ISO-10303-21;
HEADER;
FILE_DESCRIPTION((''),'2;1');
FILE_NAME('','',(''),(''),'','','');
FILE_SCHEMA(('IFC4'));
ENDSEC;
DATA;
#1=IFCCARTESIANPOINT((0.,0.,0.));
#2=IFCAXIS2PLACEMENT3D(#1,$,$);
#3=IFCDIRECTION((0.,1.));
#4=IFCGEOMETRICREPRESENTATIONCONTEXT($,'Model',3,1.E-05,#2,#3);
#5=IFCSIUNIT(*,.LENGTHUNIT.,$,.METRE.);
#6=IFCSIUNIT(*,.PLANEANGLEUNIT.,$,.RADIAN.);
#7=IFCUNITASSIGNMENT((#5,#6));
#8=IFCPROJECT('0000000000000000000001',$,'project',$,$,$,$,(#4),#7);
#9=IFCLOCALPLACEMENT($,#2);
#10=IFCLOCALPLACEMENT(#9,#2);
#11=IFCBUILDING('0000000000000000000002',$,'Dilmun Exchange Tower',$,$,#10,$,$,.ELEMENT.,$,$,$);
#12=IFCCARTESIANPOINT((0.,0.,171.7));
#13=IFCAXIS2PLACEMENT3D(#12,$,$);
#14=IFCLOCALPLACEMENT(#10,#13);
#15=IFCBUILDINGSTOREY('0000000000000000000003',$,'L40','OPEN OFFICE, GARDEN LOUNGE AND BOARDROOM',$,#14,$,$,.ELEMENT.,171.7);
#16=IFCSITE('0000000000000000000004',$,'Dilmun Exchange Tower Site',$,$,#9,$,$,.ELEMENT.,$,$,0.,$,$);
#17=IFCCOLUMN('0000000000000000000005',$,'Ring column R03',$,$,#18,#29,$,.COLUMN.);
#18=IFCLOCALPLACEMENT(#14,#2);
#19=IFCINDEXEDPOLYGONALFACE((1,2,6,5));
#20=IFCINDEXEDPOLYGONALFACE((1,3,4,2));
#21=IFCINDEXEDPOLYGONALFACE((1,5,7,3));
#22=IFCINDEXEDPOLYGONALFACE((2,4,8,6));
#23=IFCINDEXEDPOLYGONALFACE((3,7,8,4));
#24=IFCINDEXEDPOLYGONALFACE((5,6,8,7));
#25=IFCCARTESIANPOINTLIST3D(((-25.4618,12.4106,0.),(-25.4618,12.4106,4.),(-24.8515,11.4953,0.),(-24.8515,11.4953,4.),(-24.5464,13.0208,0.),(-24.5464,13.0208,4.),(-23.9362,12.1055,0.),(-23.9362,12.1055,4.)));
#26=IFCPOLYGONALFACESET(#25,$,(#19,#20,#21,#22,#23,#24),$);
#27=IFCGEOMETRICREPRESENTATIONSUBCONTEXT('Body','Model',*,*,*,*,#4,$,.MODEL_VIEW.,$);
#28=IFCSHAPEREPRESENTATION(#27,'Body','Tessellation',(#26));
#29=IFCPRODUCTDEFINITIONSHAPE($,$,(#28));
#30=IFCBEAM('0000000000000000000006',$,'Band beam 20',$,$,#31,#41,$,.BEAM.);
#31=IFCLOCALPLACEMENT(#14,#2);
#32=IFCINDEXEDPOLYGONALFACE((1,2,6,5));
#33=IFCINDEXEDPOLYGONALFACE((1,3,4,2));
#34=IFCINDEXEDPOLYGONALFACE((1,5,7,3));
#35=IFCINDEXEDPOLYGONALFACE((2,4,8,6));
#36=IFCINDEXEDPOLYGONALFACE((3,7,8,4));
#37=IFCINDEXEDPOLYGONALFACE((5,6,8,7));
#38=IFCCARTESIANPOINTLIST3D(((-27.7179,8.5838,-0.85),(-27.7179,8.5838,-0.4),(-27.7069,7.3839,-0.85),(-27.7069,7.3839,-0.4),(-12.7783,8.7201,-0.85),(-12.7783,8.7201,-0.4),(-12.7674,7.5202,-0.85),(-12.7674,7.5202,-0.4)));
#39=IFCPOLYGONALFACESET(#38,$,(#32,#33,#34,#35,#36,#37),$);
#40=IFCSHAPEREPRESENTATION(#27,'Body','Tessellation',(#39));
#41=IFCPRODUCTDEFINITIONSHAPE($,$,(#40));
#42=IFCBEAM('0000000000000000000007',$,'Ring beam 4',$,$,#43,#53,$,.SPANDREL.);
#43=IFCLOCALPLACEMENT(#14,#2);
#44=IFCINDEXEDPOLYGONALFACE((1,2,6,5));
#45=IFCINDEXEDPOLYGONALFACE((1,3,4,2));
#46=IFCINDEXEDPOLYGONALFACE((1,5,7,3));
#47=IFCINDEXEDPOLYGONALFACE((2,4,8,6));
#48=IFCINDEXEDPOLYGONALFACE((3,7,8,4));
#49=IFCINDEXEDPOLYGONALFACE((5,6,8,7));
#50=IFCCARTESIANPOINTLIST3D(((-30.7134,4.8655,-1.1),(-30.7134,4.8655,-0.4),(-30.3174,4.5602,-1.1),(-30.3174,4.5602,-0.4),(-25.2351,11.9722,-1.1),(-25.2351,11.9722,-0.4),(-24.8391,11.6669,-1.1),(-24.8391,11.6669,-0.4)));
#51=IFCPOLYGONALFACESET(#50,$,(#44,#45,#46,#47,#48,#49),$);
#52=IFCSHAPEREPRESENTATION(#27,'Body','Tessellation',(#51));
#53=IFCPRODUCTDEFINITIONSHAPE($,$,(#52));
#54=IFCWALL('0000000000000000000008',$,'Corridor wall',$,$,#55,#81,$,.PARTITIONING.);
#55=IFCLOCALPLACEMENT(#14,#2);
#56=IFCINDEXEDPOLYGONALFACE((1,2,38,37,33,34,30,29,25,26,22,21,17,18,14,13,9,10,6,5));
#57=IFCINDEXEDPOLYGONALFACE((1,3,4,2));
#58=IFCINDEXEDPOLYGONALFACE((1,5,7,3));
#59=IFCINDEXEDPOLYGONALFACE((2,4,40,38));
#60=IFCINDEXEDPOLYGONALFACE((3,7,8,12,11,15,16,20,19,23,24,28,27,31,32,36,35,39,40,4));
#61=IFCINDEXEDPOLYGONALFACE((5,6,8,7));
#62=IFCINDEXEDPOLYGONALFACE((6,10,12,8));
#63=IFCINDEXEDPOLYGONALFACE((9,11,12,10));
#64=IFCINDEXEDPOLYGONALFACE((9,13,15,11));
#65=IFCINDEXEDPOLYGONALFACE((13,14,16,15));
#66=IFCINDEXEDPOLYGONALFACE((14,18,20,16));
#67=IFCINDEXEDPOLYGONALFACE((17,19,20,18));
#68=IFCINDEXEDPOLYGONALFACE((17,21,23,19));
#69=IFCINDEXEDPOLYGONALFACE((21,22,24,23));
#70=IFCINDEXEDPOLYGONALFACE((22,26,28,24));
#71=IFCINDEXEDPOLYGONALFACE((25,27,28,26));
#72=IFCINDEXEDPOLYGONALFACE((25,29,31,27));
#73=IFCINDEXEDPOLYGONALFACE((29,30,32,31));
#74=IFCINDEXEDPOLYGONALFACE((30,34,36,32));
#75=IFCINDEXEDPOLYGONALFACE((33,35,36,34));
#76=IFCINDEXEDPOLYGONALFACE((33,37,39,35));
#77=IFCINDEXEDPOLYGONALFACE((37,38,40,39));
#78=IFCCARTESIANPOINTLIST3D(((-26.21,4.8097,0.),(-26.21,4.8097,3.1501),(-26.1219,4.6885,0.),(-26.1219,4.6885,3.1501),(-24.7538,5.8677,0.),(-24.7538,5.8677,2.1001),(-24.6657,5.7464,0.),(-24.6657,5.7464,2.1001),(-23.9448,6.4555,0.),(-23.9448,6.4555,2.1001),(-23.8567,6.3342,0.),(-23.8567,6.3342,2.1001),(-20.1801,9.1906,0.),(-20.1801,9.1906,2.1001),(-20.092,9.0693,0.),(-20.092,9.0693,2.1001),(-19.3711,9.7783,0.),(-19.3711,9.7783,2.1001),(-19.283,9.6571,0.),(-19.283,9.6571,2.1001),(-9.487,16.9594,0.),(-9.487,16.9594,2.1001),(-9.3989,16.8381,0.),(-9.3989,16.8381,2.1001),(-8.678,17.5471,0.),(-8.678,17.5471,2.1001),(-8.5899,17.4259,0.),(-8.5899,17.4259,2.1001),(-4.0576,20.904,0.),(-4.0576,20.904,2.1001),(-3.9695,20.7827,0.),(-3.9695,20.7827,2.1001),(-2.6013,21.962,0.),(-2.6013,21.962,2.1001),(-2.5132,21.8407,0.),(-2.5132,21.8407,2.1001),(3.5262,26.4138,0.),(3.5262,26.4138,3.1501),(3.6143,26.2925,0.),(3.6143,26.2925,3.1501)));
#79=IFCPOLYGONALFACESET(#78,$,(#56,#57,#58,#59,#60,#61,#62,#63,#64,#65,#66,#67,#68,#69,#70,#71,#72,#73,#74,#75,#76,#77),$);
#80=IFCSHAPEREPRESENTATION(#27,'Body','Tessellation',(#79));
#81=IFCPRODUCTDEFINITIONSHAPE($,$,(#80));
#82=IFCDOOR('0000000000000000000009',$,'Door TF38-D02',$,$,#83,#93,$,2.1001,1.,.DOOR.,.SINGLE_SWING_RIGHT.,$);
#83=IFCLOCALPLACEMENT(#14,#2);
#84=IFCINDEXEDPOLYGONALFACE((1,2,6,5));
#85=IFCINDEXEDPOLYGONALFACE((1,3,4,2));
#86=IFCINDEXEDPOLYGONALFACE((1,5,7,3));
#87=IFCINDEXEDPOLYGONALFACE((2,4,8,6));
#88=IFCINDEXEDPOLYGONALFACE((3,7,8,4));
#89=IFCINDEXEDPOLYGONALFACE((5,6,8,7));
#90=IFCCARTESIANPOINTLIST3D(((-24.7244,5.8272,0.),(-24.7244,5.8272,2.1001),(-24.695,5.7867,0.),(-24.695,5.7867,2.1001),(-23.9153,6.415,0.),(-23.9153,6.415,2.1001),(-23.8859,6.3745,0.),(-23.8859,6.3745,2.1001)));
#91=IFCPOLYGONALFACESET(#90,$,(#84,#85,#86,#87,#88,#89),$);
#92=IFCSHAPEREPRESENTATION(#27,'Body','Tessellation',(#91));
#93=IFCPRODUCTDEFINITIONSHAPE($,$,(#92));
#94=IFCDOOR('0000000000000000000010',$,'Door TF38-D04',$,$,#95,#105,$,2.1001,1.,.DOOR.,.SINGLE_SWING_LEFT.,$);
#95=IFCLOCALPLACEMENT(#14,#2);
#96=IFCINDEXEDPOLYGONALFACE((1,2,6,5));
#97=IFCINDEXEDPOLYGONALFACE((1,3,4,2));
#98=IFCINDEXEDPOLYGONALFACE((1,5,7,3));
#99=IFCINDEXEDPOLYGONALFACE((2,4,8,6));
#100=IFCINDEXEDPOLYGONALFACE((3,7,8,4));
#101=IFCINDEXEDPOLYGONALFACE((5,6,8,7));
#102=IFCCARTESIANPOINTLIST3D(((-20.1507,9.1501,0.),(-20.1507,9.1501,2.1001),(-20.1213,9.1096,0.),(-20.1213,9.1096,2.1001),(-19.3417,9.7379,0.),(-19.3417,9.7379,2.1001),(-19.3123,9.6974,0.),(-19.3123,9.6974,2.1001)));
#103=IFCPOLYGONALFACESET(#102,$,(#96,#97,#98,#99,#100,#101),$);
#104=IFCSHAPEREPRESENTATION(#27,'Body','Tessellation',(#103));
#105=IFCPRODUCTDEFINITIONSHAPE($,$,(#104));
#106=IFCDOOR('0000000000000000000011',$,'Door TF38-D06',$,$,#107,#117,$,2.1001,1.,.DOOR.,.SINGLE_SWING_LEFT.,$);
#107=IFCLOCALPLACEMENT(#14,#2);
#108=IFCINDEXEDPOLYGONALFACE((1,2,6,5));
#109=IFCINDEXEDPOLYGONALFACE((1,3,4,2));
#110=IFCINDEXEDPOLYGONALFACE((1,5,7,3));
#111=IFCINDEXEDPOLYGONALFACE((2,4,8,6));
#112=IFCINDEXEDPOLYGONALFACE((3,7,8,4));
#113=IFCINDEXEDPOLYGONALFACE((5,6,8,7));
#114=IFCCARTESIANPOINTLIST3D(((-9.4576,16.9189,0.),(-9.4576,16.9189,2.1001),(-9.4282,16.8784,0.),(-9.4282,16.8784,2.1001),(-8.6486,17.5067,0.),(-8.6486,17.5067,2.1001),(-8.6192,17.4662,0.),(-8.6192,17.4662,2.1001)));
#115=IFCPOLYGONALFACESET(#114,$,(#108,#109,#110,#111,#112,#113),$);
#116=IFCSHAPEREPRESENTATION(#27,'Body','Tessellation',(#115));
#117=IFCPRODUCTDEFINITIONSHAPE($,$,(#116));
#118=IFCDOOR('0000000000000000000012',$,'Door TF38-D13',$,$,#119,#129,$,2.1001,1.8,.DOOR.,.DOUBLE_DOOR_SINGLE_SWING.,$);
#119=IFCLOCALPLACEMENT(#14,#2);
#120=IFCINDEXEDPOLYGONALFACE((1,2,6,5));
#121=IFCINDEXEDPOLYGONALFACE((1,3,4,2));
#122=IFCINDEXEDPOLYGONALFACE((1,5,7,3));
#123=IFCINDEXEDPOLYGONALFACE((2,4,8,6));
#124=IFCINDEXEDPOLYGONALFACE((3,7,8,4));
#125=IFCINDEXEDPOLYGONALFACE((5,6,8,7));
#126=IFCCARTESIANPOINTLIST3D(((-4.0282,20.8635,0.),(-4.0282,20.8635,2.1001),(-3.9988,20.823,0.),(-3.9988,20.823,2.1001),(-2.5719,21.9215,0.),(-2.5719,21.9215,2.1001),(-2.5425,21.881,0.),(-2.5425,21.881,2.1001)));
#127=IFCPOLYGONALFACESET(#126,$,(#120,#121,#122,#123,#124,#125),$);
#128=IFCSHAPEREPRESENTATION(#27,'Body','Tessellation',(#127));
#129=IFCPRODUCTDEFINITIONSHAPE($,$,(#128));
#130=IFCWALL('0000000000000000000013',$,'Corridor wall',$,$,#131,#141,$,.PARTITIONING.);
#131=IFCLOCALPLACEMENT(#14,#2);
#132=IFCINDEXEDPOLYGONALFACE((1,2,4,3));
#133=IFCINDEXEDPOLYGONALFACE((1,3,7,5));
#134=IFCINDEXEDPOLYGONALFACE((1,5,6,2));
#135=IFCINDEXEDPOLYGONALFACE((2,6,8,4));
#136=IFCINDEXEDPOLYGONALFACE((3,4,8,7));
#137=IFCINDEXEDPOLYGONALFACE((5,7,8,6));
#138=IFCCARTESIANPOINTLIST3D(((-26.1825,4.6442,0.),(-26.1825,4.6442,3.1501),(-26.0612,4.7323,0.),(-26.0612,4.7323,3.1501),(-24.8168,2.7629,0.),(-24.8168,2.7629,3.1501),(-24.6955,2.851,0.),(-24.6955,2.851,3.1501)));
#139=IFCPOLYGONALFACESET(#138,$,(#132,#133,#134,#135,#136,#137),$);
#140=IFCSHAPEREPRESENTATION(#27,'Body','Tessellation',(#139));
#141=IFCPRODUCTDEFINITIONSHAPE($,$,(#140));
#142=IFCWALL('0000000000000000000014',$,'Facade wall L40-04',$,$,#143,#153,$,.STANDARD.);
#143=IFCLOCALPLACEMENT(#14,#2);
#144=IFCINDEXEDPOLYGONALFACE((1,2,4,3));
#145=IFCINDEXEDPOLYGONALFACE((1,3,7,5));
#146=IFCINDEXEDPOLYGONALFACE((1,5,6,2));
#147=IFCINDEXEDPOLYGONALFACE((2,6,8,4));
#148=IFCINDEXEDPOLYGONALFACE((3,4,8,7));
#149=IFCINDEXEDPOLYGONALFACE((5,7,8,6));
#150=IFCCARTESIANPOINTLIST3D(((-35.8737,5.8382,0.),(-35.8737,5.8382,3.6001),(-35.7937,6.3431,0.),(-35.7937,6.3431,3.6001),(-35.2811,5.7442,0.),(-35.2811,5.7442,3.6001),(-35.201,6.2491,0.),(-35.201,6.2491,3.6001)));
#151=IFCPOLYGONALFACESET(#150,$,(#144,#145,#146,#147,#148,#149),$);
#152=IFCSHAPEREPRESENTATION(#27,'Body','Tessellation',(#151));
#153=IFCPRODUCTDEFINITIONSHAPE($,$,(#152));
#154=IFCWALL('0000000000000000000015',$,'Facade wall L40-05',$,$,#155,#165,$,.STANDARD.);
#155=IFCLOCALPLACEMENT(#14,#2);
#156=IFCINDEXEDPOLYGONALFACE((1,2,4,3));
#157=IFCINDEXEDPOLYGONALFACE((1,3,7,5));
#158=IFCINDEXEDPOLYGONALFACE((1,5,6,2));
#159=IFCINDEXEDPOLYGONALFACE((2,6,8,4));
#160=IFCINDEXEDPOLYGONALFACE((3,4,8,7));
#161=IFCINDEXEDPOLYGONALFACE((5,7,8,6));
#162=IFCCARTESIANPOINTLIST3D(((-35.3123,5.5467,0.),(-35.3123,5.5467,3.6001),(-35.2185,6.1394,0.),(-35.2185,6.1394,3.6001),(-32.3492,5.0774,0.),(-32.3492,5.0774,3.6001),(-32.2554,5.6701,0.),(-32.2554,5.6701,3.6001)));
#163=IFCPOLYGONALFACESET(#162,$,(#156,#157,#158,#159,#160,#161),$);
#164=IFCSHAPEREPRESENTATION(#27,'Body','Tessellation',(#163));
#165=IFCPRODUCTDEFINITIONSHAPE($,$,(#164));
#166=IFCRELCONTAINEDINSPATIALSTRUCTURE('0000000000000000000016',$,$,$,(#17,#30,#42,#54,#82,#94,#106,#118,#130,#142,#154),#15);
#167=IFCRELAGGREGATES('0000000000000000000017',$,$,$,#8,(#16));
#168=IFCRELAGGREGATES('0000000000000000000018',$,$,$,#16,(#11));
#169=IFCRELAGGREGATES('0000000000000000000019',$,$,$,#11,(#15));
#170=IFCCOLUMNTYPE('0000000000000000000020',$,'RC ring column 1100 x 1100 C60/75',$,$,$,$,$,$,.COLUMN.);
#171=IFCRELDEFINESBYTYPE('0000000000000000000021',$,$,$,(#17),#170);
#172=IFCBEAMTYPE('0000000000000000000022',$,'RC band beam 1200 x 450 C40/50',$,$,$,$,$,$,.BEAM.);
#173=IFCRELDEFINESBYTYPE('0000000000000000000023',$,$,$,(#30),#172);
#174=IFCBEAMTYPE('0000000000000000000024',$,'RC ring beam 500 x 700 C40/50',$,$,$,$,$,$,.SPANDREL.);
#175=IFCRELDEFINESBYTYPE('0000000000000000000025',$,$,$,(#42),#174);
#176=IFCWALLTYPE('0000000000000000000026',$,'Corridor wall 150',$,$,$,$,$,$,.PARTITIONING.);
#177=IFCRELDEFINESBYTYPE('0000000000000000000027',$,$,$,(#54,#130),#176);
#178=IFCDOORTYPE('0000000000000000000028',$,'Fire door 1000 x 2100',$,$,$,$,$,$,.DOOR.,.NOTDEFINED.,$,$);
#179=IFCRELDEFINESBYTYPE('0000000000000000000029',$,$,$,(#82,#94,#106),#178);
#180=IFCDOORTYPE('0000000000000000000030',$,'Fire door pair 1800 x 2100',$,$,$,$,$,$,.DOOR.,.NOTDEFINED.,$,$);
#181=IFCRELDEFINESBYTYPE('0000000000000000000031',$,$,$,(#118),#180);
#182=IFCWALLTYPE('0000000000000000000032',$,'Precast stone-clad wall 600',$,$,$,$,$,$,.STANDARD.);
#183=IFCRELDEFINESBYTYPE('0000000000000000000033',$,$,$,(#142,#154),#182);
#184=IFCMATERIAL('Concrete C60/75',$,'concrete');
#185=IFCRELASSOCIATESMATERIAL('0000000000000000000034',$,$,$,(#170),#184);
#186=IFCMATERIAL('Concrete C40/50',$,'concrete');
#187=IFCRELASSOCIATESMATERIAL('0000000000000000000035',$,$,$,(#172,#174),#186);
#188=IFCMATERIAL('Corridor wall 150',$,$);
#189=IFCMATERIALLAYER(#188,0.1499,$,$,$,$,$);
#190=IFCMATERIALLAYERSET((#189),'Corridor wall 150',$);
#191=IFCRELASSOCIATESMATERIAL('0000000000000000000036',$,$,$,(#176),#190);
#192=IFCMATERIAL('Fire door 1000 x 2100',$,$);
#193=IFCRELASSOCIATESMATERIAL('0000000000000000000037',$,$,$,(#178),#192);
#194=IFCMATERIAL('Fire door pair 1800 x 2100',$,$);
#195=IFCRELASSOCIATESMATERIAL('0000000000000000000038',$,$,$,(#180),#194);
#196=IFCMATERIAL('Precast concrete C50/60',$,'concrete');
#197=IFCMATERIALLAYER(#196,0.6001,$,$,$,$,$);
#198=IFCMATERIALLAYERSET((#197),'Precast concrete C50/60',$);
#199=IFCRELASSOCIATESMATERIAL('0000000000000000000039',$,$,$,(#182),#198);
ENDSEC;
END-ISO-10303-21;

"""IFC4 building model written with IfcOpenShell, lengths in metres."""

from ifc_helpers import new_model, si_unit, direction, frame, frame_2d, origin, origin_2d, place, context, subcontext, project, spatial, rectangle, extrude, material, layer, layer_set, material_profile, profile_set, type_object, element, fill, save


model = new_model("IFC4")

# Units and contexts
model_context = context("Model", 3, precision=1e-05, world=origin(), true_north=direction((0.0, 1.0)))
body_context = subcontext(model_context, "Body", "Model", "MODEL_VIEW")
ifc_project = project(units=[si_unit("LENGTHUNIT", "METRE"), si_unit("PLANEANGLEUNIT", "RADIAN")], contexts=[model_context])

# Site, building, storey
site_placement = place(None, origin())
site = spatial("IfcSite", under=ifc_project, at=site_placement, Name="Dilmun Exchange Tower Site", CompositionType="ELEMENT", RefElevation=0.0)
building_placement = place(site_placement, origin())
building = spatial("IfcBuilding", under=site, at=building_placement, Name="Dilmun Exchange Tower", CompositionType="ELEMENT")
storey_placement = place(building_placement, frame((0.0, 0.0, 171.7)))
storey = spatial("IfcBuildingStorey", under=building, at=storey_placement, Name="L40", Description="OPEN OFFICE, GARDEN LOUNGE AND BOARDROOM", CompositionType="ELEMENT", Elevation=171.7)

# Column
ifc_material_1 = material(Name="Concrete C60/75", Category="concrete")
ifc_material_profile_1 = material_profile(ifc_material_1, rectangle(XDim=1.1001, YDim=1.1001, at=origin_2d()), Name="1100 x 1100")
ifc_profile_set_1 = profile_set([ifc_material_profile_1], Name="Concrete C60/75")
column_type = type_object("IfcColumnType", Name="RC ring column 1100 x 1100 C60/75", PredefinedType="COLUMN", material=ifc_profile_set_1)
column_placement = place(storey_placement, frame((-24.699, 12.2581, 0.0), z_axis=(0.0, 0.0, 1.0), x_axis=(0.832029, 0.554733, 0.0)))
element("IfcColumn", 1, at=column_placement, inside=storey, type_object=column_type, Name="Ring column R03", PredefinedType="COLUMN", context=body_context, shape_type="SweptSolid", body=[
    extrude(rectangle(XDim=1.1001, YDim=1.1001, at=origin_2d()), origin(), (0.0, 0.0, 1.0), 4.0),
])

# Beams
ifc_material_2 = material(Name="Concrete C40/50", Category="concrete")
ifc_material_profile_2 = material_profile(ifc_material_2, rectangle(XDim=1.2, YDim=0.45, at=origin_2d()), Name="1200 x 450")
ifc_profile_set_2 = profile_set([ifc_material_profile_2], Name="Concrete C40/50")
beam_type_1 = type_object("IfcBeamType", Name="RC band beam 1200 x 450 C40/50", PredefinedType="BEAM", material=ifc_profile_set_2)
beam_1_placement = place(storey_placement, frame((-27.7124, 7.9839, -0.625), z_axis=(0.999958, 0.009118, 0.0), x_axis=(-0.009118, 0.999958, 0.0)))
element("IfcBeam", 2, at=beam_1_placement, inside=storey, type_object=beam_type_1, Name="Band beam 20", PredefinedType="BEAM", context=body_context, shape_type="SweptSolid", body=[
    extrude(rectangle(XDim=1.2, YDim=0.45, at=origin_2d()), origin(), (0.0, 0.0, 1.0), 14.9402),
])
ifc_material_profile_3 = material_profile(ifc_material_2, rectangle(XDim=0.5, YDim=0.7, at=origin_2d()), Name="500 x 700")
ifc_profile_set_3 = profile_set([ifc_material_profile_3], Name="Concrete C40/50")
beam_type_2 = type_object("IfcBeamType", Name="RC ring beam 500 x 700 C40/50", PredefinedType="SPANDREL", material=ifc_profile_set_3)
beam_2_placement = place(storey_placement, frame((-25.0371, 11.8196, -0.75), z_axis=(-0.610522, -0.792, 0.0), x_axis=(0.792, -0.610522, 0.0)))
element("IfcBeam", 3, at=beam_2_placement, inside=storey, type_object=beam_type_2, Name="Ring beam 4", PredefinedType="SPANDREL", context=body_context, shape_type="SweptSolid", body=[
    extrude(rectangle(XDim=0.5, YDim=0.7, at=origin_2d()), origin(), (0.0, 0.0, 1.0), 8.9731),
])

# Wall, openings, doors
ifc_material_3 = material(Name="Corridor wall 150")
ifc_layer_1 = layer(ifc_material_3, 0.1499)
ifc_layer_set_1 = layer_set([ifc_layer_1], Name="Corridor wall 150")
wall_type_1 = type_object("IfcWallType", Name="Corridor wall 150", PredefinedType="PARTITIONING", material=ifc_layer_set_1)
wall_1_placement = place(storey_placement, frame((-26.166, 4.749, 0.0), z_axis=(0.0, 0.0, 1.0), x_axis=(0.809024, 0.587776, 0.0)))
wall_1 = element("IfcWall", 4, at=wall_1_placement, inside=storey, type_object=wall_type_1, Name="Corridor wall", PredefinedType="PARTITIONING", context=body_context, shape_type="SweptSolid", body=[
    extrude(rectangle(XDim=36.7556, YDim=0.1499, at=frame_2d((18.3779, 0.0))), origin(), (0.0, 0.0, 1.0), 3.1501),
])
opening_1_placement = place(wall_1_placement, frame((1.8, 0.0, 0.0)))
opening_1 = element("IfcOpeningElement", 5, at=opening_1_placement, cuts=wall_1, PredefinedType="OPENING", context=body_context, shape_type="SweptSolid", body=[
    extrude(rectangle(XDim=1.0, YDim=2.1001, at=frame_2d((0.5, 1.05))), frame((0.0, 0.085, 0.0), z_axis=(0.0, -1.0, 0.0), x_axis=(1.0, 0.0, 0.0)), (0.0, 0.0, 1.0), 0.1699),
])
opening_2_placement = place(wall_1_placement, frame((7.4534, 0.0, 0.0)))
opening_2 = element("IfcOpeningElement", 6, at=opening_2_placement, cuts=wall_1, PredefinedType="OPENING", context=body_context, shape_type="SweptSolid", body=[
    extrude(rectangle(XDim=1.0, YDim=2.1001, at=frame_2d((0.5, 1.05))), frame((0.0, 0.085, 0.0), z_axis=(0.0, -1.0, 0.0), x_axis=(1.0, 0.0, 0.0)), (0.0, 0.0, 1.0), 0.1699),
])
opening_3_placement = place(wall_1_placement, frame((20.6707, 0.0, 0.0)))
opening_3 = element("IfcOpeningElement", 7, at=opening_3_placement, cuts=wall_1, PredefinedType="OPENING", context=body_context, shape_type="SweptSolid", body=[
    extrude(rectangle(XDim=1.0, YDim=2.1001, at=frame_2d((0.5, 1.05))), frame((0.0, 0.085, 0.0), z_axis=(0.0, -1.0, 0.0), x_axis=(1.0, 0.0, 0.0)), (0.0, 0.0, 1.0), 0.1699),
])
opening_4_placement = place(wall_1_placement, frame((27.3818, 0.0, 0.0)))
opening_4 = element("IfcOpeningElement", 8, at=opening_4_placement, cuts=wall_1, PredefinedType="OPENING", context=body_context, shape_type="SweptSolid", body=[
    extrude(rectangle(XDim=1.8, YDim=2.1001, at=frame_2d((0.8999, 1.05))), frame((0.0, 0.085, 0.0), z_axis=(0.0, -1.0, 0.0), x_axis=(1.0, 0.0, 0.0)), (0.0, 0.0, 1.0), 0.1699),
])
ifc_material_4 = material(Name="Fire door 1000 x 2100")
door_type_1 = type_object("IfcDoorType", Name="Fire door 1000 x 2100", OperationType="NOTDEFINED", PredefinedType="DOOR", material=ifc_material_4)
door_1_placement = place(opening_1_placement, origin())
door_1 = element("IfcDoor", 9, at=door_1_placement, inside=storey, type_object=door_type_1, Name="Door TF38-D02", OperationType="SINGLE_SWING_RIGHT", OverallHeight=2.1001, OverallWidth=1.0, PredefinedType="DOOR", context=body_context, shape_type="SweptSolid", body=[
    extrude(rectangle(XDim=1.0, YDim=2.1001, at=frame_2d((0.5, 1.05))), frame((0.0, 0.0249, 0.0), z_axis=(0.0, -1.0, 0.0), x_axis=(1.0, 0.0, 0.0)), (0.0, 0.0, 1.0), 0.05),
])
fill(opening_1, door_1)
door_2_placement = place(opening_2_placement, origin())
door_2 = element("IfcDoor", 10, at=door_2_placement, inside=storey, type_object=door_type_1, Name="Door TF38-D04", OperationType="SINGLE_SWING_LEFT", OverallHeight=2.1001, OverallWidth=1.0, PredefinedType="DOOR", context=body_context, shape_type="SweptSolid", body=[
    extrude(rectangle(XDim=1.0, YDim=2.1001, at=frame_2d((0.5, 1.05))), frame((0.0, 0.0249, 0.0), z_axis=(0.0, -1.0, 0.0), x_axis=(1.0, 0.0, 0.0)), (0.0, 0.0, 1.0), 0.05),
])
fill(opening_2, door_2)
door_3_placement = place(opening_3_placement, origin())
door_3 = element("IfcDoor", 11, at=door_3_placement, inside=storey, type_object=door_type_1, Name="Door TF38-D06", OperationType="SINGLE_SWING_LEFT", OverallHeight=2.1001, OverallWidth=1.0, PredefinedType="DOOR", context=body_context, shape_type="SweptSolid", body=[
    extrude(rectangle(XDim=1.0, YDim=2.1001, at=frame_2d((0.5, 1.05))), frame((0.0, 0.0249, 0.0), z_axis=(0.0, -1.0, 0.0), x_axis=(1.0, 0.0, 0.0)), (0.0, 0.0, 1.0), 0.05),
])
fill(opening_3, door_3)
ifc_material_5 = material(Name="Fire door pair 1800 x 2100")
door_type_2 = type_object("IfcDoorType", Name="Fire door pair 1800 x 2100", OperationType="NOTDEFINED", PredefinedType="DOOR", material=ifc_material_5)
door_4_placement = place(opening_4_placement, origin())
door_4 = element("IfcDoor", 12, at=door_4_placement, inside=storey, type_object=door_type_2, Name="Door TF38-D13", OperationType="DOUBLE_DOOR_SINGLE_SWING", OverallHeight=2.1001, OverallWidth=1.8, PredefinedType="DOOR", context=body_context, shape_type="SweptSolid", body=[
    extrude(rectangle(XDim=1.8, YDim=2.1001, at=frame_2d((0.8999, 1.05))), frame((0.0, 0.0249, 0.0), z_axis=(0.0, -1.0, 0.0), x_axis=(1.0, 0.0, 0.0)), (0.0, 0.0, 1.0), 0.05),
])
fill(opening_4, door_4)

# Walls
wall_2_placement = place(storey_placement, frame((-26.1218, 4.6882, 0.0), z_axis=(0.0, 0.0, 1.0), x_axis=(0.58746, -0.809253, 0.0)))
element("IfcWall", 13, at=wall_2_placement, inside=storey, type_object=wall_type_1, Name="Corridor wall", PredefinedType="PARTITIONING", context=body_context, shape_type="SweptSolid", body=[
    extrude(rectangle(XDim=2.3247, YDim=0.1499, at=frame_2d((1.1624, 0.0))), origin(), (0.0, 0.0, 1.0), 3.1501),
])
ifc_material_6 = material(Name="Precast concrete C50/60", Category="concrete")
ifc_layer_2 = layer(ifc_material_6, 0.6001)
ifc_layer_set_2 = layer_set([ifc_layer_2], Name="Precast concrete C50/60")
wall_type_2 = type_object("IfcWallType", Name="Precast stone-clad wall 600", PredefinedType="STANDARD", material=ifc_layer_set_2)
wall_3_placement = place(storey_placement, frame((-35.4973, 6.2961, 0.0), z_axis=(0.0, 0.0, 1.0), x_axis=(-0.156649, -0.987654, 0.0)))
element("IfcWall", 14, at=wall_3_placement, inside=storey, type_object=wall_type_2, Name="Facade wall L40-04", PredefinedType="STANDARD", context=body_context, shape_type="SweptSolid", body=[
    extrude(rectangle(XDim=0.5112, YDim=0.6001, at=frame_2d((0.2556, 0.0))), origin(), (0.0, 0.0, 1.0), 3.6001),
])
wall_4_placement = place(storey_placement, frame((-35.2654, 5.843, 0.0), z_axis=(0.0, 0.0, 1.0), x_axis=(0.987692, -0.15641, 0.0)))
element("IfcWall", 15, at=wall_4_placement, inside=storey, type_object=wall_type_2, Name="Facade wall L40-05", PredefinedType="STANDARD", context=body_context, shape_type="SweptSolid", body=[
    extrude(rectangle(XDim=3.0, YDim=0.6001, at=frame_2d((1.5, 0.0))), origin(), (0.0, 0.0, 1.0), 3.6001),
])

save(model, "model.ifc")
